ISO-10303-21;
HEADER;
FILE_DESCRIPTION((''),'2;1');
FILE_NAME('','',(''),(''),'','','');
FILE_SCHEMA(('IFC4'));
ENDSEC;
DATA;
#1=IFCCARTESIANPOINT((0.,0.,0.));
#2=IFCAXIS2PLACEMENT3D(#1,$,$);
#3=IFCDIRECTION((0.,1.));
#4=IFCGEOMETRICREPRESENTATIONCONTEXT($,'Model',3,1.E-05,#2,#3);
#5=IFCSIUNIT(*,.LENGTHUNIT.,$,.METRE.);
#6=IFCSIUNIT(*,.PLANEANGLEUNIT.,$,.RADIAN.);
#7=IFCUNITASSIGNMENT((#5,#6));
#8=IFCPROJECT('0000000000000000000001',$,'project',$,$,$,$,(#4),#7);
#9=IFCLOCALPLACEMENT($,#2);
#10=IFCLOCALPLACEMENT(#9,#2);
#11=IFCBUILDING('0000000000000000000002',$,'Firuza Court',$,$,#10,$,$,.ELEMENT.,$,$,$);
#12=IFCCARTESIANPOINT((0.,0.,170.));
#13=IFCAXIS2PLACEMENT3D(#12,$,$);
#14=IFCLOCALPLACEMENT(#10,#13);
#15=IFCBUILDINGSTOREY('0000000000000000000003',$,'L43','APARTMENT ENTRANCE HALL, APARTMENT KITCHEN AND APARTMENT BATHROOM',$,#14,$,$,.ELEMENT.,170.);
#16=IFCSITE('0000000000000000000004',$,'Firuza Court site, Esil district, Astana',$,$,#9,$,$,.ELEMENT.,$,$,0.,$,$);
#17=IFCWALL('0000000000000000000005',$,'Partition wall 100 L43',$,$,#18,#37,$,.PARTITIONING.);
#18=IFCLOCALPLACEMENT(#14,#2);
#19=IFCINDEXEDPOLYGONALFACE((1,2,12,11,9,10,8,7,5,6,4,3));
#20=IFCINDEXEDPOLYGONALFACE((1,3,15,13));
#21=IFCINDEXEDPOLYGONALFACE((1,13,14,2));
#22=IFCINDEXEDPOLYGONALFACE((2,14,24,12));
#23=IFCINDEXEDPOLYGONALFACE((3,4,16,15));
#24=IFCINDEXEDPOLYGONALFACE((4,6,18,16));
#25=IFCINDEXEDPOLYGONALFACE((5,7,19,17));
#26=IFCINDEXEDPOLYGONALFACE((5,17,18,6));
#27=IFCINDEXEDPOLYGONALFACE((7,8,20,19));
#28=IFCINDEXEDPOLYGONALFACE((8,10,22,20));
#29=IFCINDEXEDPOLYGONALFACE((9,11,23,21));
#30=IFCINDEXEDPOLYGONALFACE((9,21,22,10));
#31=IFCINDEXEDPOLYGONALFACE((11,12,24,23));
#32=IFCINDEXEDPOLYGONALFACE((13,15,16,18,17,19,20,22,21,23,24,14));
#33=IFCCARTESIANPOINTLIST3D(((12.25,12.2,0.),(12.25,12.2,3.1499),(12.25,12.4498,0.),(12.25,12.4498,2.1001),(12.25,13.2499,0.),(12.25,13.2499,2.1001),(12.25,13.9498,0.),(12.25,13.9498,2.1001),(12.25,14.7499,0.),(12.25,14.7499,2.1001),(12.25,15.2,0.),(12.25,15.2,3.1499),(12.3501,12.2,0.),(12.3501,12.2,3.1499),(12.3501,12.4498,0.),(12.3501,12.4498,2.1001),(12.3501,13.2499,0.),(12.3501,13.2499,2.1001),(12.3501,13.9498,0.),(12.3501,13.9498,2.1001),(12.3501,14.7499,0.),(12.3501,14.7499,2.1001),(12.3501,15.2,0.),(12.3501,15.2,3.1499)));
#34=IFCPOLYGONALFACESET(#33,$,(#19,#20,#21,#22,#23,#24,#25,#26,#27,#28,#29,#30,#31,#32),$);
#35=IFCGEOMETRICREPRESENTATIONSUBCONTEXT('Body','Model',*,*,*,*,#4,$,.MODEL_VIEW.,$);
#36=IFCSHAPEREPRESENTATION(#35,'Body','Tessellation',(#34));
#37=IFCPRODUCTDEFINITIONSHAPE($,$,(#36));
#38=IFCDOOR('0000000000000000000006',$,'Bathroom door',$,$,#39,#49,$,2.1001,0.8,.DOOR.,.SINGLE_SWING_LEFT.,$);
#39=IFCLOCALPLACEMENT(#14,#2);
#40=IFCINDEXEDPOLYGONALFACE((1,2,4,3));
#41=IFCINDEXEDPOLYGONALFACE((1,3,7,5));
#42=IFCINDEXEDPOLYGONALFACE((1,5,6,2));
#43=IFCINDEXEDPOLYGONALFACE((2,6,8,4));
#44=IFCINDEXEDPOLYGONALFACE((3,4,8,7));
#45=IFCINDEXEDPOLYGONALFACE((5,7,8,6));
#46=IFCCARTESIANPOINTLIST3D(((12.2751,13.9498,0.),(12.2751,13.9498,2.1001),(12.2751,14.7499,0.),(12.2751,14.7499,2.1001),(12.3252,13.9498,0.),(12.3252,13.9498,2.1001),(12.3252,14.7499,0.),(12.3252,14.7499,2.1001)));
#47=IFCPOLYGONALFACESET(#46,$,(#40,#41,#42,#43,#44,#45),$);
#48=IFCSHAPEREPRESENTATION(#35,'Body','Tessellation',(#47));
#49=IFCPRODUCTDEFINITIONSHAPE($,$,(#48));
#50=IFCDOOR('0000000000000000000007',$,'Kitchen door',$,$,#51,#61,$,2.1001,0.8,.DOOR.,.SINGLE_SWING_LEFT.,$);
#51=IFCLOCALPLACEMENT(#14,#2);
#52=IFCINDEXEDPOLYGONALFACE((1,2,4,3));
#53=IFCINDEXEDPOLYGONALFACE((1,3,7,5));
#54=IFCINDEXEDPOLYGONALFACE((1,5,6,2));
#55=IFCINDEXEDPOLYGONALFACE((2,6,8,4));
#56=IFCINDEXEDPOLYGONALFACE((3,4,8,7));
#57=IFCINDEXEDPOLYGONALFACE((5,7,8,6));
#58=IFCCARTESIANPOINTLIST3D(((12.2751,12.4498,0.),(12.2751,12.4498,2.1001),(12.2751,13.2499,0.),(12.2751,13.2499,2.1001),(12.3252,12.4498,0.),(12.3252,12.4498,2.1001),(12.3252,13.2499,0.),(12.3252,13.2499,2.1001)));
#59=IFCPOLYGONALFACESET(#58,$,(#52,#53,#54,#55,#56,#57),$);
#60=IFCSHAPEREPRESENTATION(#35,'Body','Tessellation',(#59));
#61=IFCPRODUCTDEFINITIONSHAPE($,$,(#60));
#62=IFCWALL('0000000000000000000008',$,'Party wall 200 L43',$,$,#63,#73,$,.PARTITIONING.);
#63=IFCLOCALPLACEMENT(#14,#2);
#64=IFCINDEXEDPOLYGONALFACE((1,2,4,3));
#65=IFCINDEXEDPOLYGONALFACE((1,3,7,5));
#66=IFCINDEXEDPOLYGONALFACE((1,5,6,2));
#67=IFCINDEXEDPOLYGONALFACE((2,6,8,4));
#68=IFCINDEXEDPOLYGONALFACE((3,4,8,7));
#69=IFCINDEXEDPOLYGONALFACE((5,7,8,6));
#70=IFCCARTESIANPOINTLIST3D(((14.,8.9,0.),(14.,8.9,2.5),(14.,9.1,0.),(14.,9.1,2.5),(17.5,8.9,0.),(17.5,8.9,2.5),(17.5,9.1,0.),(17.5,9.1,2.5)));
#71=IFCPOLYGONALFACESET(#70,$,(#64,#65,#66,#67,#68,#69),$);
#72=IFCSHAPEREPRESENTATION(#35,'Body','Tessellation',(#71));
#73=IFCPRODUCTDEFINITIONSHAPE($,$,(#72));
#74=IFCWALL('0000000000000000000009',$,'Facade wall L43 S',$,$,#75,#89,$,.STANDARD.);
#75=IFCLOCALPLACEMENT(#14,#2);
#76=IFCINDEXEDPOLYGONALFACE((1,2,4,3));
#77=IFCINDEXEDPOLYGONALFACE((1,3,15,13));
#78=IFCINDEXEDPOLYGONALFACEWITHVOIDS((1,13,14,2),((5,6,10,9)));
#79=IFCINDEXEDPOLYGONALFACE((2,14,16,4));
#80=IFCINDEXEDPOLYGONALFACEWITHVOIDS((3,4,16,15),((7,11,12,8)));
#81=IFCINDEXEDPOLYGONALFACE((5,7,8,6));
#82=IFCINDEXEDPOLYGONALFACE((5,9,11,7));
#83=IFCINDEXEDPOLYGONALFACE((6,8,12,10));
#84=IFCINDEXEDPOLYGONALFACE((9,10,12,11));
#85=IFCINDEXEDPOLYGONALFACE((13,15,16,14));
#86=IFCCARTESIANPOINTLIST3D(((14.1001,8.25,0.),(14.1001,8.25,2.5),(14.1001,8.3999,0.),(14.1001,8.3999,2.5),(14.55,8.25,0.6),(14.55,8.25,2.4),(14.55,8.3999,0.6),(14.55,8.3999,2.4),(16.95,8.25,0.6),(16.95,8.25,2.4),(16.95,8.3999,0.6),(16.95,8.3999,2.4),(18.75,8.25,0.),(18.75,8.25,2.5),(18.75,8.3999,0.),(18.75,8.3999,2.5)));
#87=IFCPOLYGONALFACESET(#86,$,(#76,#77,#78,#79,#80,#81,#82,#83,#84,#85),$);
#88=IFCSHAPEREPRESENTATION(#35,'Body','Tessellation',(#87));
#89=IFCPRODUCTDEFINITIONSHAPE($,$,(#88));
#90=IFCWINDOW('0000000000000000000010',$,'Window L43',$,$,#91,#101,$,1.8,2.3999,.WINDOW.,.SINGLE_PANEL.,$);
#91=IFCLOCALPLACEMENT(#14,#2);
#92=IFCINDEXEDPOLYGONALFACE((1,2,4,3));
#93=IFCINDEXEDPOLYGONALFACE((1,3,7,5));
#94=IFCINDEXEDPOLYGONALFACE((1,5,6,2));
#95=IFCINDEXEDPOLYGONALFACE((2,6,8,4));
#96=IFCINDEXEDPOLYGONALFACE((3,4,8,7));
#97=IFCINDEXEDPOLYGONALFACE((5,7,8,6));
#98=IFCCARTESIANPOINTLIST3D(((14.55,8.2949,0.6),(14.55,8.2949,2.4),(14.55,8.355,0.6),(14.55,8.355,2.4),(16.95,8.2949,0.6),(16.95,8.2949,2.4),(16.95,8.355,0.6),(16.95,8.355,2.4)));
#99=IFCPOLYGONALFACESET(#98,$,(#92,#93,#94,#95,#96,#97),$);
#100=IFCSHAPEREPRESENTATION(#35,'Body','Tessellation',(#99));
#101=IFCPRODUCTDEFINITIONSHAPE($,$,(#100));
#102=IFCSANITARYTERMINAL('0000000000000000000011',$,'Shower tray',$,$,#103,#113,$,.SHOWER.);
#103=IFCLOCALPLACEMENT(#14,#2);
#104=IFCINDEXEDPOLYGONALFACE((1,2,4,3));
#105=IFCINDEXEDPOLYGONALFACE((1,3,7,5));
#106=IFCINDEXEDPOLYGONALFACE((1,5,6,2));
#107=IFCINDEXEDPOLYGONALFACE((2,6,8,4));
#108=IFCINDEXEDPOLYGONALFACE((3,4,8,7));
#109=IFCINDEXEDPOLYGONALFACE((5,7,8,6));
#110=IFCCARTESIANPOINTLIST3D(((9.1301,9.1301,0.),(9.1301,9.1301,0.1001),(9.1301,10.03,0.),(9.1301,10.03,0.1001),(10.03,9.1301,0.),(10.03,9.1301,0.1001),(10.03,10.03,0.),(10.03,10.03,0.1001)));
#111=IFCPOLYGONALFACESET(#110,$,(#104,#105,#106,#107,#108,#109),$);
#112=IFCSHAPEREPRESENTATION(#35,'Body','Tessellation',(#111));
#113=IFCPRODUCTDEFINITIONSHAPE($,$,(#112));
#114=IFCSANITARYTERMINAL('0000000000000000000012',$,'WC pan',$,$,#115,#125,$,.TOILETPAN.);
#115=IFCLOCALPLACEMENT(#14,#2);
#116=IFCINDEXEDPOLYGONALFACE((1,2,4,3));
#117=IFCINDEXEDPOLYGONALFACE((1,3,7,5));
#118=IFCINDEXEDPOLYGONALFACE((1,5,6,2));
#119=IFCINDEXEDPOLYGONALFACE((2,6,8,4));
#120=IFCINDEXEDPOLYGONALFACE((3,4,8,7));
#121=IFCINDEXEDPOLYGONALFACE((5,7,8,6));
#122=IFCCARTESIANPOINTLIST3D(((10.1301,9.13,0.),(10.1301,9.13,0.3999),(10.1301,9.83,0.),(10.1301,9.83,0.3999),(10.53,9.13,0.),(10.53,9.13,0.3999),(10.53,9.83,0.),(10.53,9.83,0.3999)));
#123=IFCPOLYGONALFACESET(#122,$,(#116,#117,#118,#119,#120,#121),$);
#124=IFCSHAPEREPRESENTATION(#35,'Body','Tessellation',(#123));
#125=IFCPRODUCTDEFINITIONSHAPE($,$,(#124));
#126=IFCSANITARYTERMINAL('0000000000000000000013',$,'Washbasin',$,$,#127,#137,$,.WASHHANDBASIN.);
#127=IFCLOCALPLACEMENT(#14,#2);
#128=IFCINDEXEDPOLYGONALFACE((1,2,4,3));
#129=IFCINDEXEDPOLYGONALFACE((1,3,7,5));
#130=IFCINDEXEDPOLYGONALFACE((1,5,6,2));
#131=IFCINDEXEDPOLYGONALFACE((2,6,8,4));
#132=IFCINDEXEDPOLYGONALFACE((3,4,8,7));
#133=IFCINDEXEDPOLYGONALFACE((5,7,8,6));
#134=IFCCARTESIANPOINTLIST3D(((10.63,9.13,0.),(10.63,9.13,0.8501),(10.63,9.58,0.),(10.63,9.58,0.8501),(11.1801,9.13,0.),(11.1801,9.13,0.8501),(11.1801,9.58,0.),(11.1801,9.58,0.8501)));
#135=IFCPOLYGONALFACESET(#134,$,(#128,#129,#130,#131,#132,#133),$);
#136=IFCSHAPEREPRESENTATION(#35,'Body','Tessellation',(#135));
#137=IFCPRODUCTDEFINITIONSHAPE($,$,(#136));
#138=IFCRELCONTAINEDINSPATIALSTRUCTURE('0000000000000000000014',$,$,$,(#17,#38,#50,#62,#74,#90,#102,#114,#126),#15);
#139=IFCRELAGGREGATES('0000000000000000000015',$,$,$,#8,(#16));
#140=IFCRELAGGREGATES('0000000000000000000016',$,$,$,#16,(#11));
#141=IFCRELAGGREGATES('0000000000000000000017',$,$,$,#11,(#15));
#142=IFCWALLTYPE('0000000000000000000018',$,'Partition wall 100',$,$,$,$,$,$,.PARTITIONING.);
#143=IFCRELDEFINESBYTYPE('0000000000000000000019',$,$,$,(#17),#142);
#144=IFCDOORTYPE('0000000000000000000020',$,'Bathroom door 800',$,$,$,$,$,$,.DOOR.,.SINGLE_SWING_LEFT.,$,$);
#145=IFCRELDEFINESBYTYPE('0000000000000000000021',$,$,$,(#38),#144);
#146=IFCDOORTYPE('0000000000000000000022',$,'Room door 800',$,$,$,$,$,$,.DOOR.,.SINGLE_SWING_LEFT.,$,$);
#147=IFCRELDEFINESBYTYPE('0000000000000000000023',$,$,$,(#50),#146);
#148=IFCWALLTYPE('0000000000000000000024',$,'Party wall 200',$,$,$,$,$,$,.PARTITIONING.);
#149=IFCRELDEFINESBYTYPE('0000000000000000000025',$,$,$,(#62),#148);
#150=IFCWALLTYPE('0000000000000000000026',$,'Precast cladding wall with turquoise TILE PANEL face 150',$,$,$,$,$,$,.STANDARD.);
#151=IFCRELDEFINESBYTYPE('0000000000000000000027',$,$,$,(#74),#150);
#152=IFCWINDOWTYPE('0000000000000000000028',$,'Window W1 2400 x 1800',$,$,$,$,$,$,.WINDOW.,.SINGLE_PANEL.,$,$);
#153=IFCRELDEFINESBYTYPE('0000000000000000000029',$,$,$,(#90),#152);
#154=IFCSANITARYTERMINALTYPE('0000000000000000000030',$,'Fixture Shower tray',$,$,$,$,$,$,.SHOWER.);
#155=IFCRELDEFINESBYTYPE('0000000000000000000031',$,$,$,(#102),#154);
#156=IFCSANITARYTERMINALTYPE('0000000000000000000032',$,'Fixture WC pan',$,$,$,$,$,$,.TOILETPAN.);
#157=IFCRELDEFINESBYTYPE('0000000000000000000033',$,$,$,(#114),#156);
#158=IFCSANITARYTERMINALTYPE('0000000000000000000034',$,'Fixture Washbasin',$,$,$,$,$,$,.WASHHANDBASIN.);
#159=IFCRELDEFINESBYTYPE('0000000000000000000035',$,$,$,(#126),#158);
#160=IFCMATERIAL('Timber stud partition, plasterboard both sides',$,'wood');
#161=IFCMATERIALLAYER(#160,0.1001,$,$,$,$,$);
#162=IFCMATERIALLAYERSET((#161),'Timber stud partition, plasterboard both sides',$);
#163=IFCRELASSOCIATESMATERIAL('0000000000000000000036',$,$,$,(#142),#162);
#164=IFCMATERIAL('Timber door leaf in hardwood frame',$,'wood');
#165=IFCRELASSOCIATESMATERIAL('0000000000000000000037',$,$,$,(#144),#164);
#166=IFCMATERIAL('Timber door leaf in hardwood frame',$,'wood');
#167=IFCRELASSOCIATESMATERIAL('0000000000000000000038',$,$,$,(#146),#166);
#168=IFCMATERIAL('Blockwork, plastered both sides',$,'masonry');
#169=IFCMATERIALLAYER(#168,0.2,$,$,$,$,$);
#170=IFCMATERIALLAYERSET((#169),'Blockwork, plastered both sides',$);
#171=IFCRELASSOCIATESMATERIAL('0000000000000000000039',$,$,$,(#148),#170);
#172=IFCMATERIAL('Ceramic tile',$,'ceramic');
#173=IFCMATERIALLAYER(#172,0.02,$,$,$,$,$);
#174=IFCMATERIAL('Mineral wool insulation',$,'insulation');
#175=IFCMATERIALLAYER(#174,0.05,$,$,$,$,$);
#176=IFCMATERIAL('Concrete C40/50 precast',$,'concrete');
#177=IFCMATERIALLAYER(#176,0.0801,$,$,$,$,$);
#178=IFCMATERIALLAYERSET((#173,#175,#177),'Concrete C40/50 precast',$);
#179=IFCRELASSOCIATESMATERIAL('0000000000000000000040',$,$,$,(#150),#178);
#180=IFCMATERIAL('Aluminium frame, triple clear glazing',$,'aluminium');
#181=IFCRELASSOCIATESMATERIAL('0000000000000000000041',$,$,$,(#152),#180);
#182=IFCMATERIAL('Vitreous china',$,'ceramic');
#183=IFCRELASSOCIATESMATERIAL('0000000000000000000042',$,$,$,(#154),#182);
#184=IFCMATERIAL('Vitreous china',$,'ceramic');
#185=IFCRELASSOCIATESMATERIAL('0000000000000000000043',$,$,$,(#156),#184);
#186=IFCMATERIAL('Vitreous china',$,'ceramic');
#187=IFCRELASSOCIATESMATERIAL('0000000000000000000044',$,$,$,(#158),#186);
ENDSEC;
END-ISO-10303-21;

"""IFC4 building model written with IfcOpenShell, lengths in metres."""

from ifc_helpers import new_model, si_unit, direction, frame, frame_2d, origin, origin_2d, place, context, subcontext, project, spatial, rectangle, extrude, material, layer, layer_set, type_object, element, fill, save


model = new_model("IFC4")

# Units and contexts
model_context = context("Model", 3, precision=1e-05, world=origin(), true_north=direction((0.0, 1.0)))
body_context = subcontext(model_context, "Body", "Model", "MODEL_VIEW")
ifc_project = project(units=[si_unit("LENGTHUNIT", "METRE"), si_unit("PLANEANGLEUNIT", "RADIAN")], contexts=[model_context])

# Site, building, storey
site_placement = place(None, origin())
site = spatial("IfcSite", under=ifc_project, at=site_placement, Name="Firuza Court site, Esil district, Astana", CompositionType="ELEMENT", RefElevation=0.0)
building_placement = place(site_placement, origin())
building = spatial("IfcBuilding", under=site, at=building_placement, Name="Firuza Court", CompositionType="ELEMENT")
storey_placement = place(building_placement, frame((0.0, 0.0, 170.0)))
storey = spatial("IfcBuildingStorey", under=building, at=storey_placement, Name="L43", Description="APARTMENT ENTRANCE HALL, APARTMENT KITCHEN AND APARTMENT BATHROOM", CompositionType="ELEMENT", Elevation=170.0)

# Shared definitions
ifc_material_1 = material(Name="Timber stud partition, plasterboard both sides", Category="wood")
ifc_layer_1 = layer(ifc_material_1, 0.1001)
ifc_layer_set_1 = layer_set([ifc_layer_1], Name="Timber stud partition, plasterboard both sides")
wall_type_1 = type_object("IfcWallType", Name="Partition wall 100", PredefinedType="PARTITIONING", material=ifc_layer_set_1)
ifc_material_2 = material(Name="Timber door leaf in hardwood frame", Category="wood")
door_type_1 = type_object("IfcDoorType", Name="Bathroom door 800", OperationType="SINGLE_SWING_LEFT", PredefinedType="DOOR", material=ifc_material_2)

# Wall, openings, doors
wall_1_placement = place(storey_placement, frame((12.3, 12.2, 0.0), z_axis=(0.0, 0.0, 1.0), x_axis=(0.0, 1.0, 0.0)))
wall_1 = element("IfcWall", 1, at=wall_1_placement, inside=storey, type_object=wall_type_1, Name="Partition wall 100 L43", PredefinedType="PARTITIONING", context=body_context, shape_type="SweptSolid", body=[
    extrude(rectangle(XDim=3.0, YDim=0.1001, at=frame_2d((1.5, 0.0))), origin(), (0.0, 0.0, 1.0), 3.1499),
])
opening_1_placement = place(wall_1_placement, frame((1.75, 0.0, 0.0)))
opening_1 = element("IfcOpeningElement", 2, at=opening_1_placement, cuts=wall_1, PredefinedType="OPENING", context=body_context, shape_type="SweptSolid", body=[
    extrude(rectangle(XDim=0.8, YDim=2.1001, at=frame_2d((0.3999, 1.05))), frame((0.0, 0.062, 0.0), z_axis=(0.0, -1.0, 0.0), x_axis=(1.0, 0.0, 0.0)), (0.0, 0.0, 1.0), 0.124),
])
opening_2_placement = place(wall_1_placement, frame((0.25, 0.0, 0.0)))
opening_2 = element("IfcOpeningElement", 3, at=opening_2_placement, cuts=wall_1, PredefinedType="OPENING", context=body_context, shape_type="SweptSolid", body=[
    extrude(rectangle(XDim=0.8, YDim=2.1001, at=frame_2d((0.3999, 1.05))), frame((0.0, 0.062, 0.0), z_axis=(0.0, -1.0, 0.0), x_axis=(1.0, 0.0, 0.0)), (0.0, 0.0, 1.0), 0.124),
])
door_1_placement = place(opening_1_placement, origin())
door_1 = element("IfcDoor", 4, at=door_1_placement, inside=storey, type_object=door_type_1, Name="Bathroom door", OperationType="SINGLE_SWING_LEFT", OverallHeight=2.1001, OverallWidth=0.8, PredefinedType="DOOR", context=body_context, shape_type="SweptSolid", body=[
    extrude(rectangle(XDim=0.8, YDim=2.1001, at=frame_2d((0.3999, 1.05))), frame((0.0, 0.0249, 0.0), z_axis=(0.0, -1.0, 0.0), x_axis=(1.0, 0.0, 0.0)), (0.0, 0.0, 1.0), 0.05),
])
fill(opening_1, door_1)
ifc_material_3 = material(Name="Timber door leaf in hardwood frame", Category="wood")
door_type_2 = type_object("IfcDoorType", Name="Room door 800", OperationType="SINGLE_SWING_LEFT", PredefinedType="DOOR", material=ifc_material_3)
door_2_placement = place(opening_2_placement, origin())
door_2 = element("IfcDoor", 5, at=door_2_placement, inside=storey, type_object=door_type_2, Name="Kitchen door", OperationType="SINGLE_SWING_LEFT", OverallHeight=2.1001, OverallWidth=0.8, PredefinedType="DOOR", context=body_context, shape_type="SweptSolid", body=[
    extrude(rectangle(XDim=0.8, YDim=2.1001, at=frame_2d((0.3999, 1.05))), frame((0.0, 0.0249, 0.0), z_axis=(0.0, -1.0, 0.0), x_axis=(1.0, 0.0, 0.0)), (0.0, 0.0, 1.0), 0.05),
])
fill(opening_2, door_2)

# Wall
ifc_material_4 = material(Name="Blockwork, plastered both sides", Category="masonry")
ifc_layer_2 = layer(ifc_material_4, 0.2)
ifc_layer_set_2 = layer_set([ifc_layer_2], Name="Blockwork, plastered both sides")
wall_type_2 = type_object("IfcWallType", Name="Party wall 200", PredefinedType="PARTITIONING", material=ifc_layer_set_2)
wall_2_placement = place(storey_placement, frame((14.0, 9.0, 0.0), z_axis=(0.0, 0.0, 1.0), x_axis=(1.0, 0.0, 0.0)))
element("IfcWall", 6, at=wall_2_placement, inside=storey, type_object=wall_type_2, Name="Party wall 200 L43", PredefinedType="PARTITIONING", context=body_context, shape_type="SweptSolid", body=[
    extrude(rectangle(XDim=3.5, YDim=0.2, at=frame_2d((1.75, 0.0))), origin(), (0.0, 0.0, 1.0), 2.5),
])

# Wall, opening, window
ifc_material_5 = material(Name="Ceramic tile", Category="ceramic")
ifc_layer_3 = layer(ifc_material_5, 0.02)
ifc_material_6 = material(Name="Mineral wool insulation", Category="insulation")
ifc_layer_4 = layer(ifc_material_6, 0.05)
ifc_material_7 = material(Name="Concrete C40/50 precast", Category="concrete")
ifc_layer_5 = layer(ifc_material_7, 0.0801)
ifc_layer_set_3 = layer_set([ifc_layer_3, ifc_layer_4, ifc_layer_5], Name="Concrete C40/50 precast")
wall_type_3 = type_object("IfcWallType", Name="Precast cladding wall with turquoise TILE PANEL face 150", PredefinedType="STANDARD", material=ifc_layer_set_3)
wall_3_placement = place(storey_placement, frame((14.1001, 8.325, 0.0), z_axis=(0.0, 0.0, 1.0), x_axis=(1.0, 0.0, 0.0)))
wall_3 = element("IfcWall", 7, at=wall_3_placement, inside=storey, type_object=wall_type_3, Name="Facade wall L43 S", PredefinedType="STANDARD", context=body_context, shape_type="SweptSolid", body=[
    extrude(rectangle(XDim=4.6499, YDim=0.1499, at=frame_2d((2.325, 0.0))), origin(), (0.0, 0.0, 1.0), 2.5),
])
opening_3_placement = place(wall_3_placement, frame((0.45, 0.0, 0.6001)))
opening_3 = element("IfcOpeningElement", 8, at=opening_3_placement, cuts=wall_3, PredefinedType="OPENING", context=body_context, shape_type="SweptSolid", body=[
    extrude(rectangle(XDim=2.3999, YDim=1.8, at=frame_2d((1.2, 0.8999))), frame((0.0, 0.0869, 0.0), z_axis=(0.0, -1.0, 0.0), x_axis=(1.0, 0.0, 0.0)), (0.0, 0.0, 1.0), 0.1738),
])
ifc_material_8 = material(Name="Aluminium frame, triple clear glazing", Category="aluminium")
window_type = type_object("IfcWindowType", Name="Window W1 2400 x 1800", PartitioningType="SINGLE_PANEL", PredefinedType="WINDOW", material=ifc_material_8)
window_placement = place(opening_3_placement, origin())
window = element("IfcWindow", 9, at=window_placement, inside=storey, type_object=window_type, Name="Window L43", OverallHeight=1.8, OverallWidth=2.3999, PartitioningType="SINGLE_PANEL", PredefinedType="WINDOW", context=body_context, shape_type="SweptSolid", body=[
    extrude(rectangle(XDim=2.3999, YDim=1.8, at=frame_2d((1.2, 0.8999))), frame((0.0, 0.03, 0.0), z_axis=(0.0, -1.0, 0.0), x_axis=(1.0, 0.0, 0.0)), (0.0, 0.0, 1.0), 0.0601),
])
fill(opening_3, window)

# Sanitary terminals
ifc_material_9 = material(Name="Vitreous china", Category="ceramic")
sanitary_terminal_type_1 = type_object("IfcSanitaryTerminalType", Name="Fixture Shower tray", PredefinedType="SHOWER", material=ifc_material_9)
sanitary_terminal_1_placement = place(storey_placement, frame((9.5801, 9.5801, 0.0), z_axis=(0.0, 0.0, 1.0), x_axis=(1.0, 0.0, 0.0)))
element("IfcSanitaryTerminal", 10, at=sanitary_terminal_1_placement, inside=storey, type_object=sanitary_terminal_type_1, Name="Shower tray", PredefinedType="SHOWER", context=body_context, shape_type="SweptSolid", body=[
    extrude(rectangle(XDim=0.8999, YDim=0.8999, at=origin_2d()), origin(), (0.0, 0.0, 1.0), 0.1001),
])
ifc_material_10 = material(Name="Vitreous china", Category="ceramic")
sanitary_terminal_type_2 = type_object("IfcSanitaryTerminalType", Name="Fixture WC pan", PredefinedType="TOILETPAN", material=ifc_material_10)
sanitary_terminal_2_placement = place(storey_placement, frame((10.3301, 9.48, 0.0), z_axis=(0.0, 0.0, 1.0), x_axis=(1.0, 0.0, 0.0)))
element("IfcSanitaryTerminal", 11, at=sanitary_terminal_2_placement, inside=storey, type_object=sanitary_terminal_type_2, Name="WC pan", PredefinedType="TOILETPAN", context=body_context, shape_type="SweptSolid", body=[
    extrude(rectangle(XDim=0.3999, YDim=0.7, at=origin_2d()), origin(), (0.0, 0.0, 1.0), 0.3999),
])
ifc_material_11 = material(Name="Vitreous china", Category="ceramic")
sanitary_terminal_type_3 = type_object("IfcSanitaryTerminalType", Name="Fixture Washbasin", PredefinedType="WASHHANDBASIN", material=ifc_material_11)
sanitary_terminal_3_placement = place(storey_placement, frame((10.905, 9.355, 0.0), z_axis=(0.0, 0.0, 1.0), x_axis=(1.0, 0.0, 0.0)))
element("IfcSanitaryTerminal", 12, at=sanitary_terminal_3_placement, inside=storey, type_object=sanitary_terminal_type_3, Name="Washbasin", PredefinedType="WASHHANDBASIN", context=body_context, shape_type="SweptSolid", body=[
    extrude(rectangle(XDim=0.55, YDim=0.45, at=origin_2d()), origin(), (0.0, 0.0, 1.0), 0.8501),
])

save(model, "model.ifc")
